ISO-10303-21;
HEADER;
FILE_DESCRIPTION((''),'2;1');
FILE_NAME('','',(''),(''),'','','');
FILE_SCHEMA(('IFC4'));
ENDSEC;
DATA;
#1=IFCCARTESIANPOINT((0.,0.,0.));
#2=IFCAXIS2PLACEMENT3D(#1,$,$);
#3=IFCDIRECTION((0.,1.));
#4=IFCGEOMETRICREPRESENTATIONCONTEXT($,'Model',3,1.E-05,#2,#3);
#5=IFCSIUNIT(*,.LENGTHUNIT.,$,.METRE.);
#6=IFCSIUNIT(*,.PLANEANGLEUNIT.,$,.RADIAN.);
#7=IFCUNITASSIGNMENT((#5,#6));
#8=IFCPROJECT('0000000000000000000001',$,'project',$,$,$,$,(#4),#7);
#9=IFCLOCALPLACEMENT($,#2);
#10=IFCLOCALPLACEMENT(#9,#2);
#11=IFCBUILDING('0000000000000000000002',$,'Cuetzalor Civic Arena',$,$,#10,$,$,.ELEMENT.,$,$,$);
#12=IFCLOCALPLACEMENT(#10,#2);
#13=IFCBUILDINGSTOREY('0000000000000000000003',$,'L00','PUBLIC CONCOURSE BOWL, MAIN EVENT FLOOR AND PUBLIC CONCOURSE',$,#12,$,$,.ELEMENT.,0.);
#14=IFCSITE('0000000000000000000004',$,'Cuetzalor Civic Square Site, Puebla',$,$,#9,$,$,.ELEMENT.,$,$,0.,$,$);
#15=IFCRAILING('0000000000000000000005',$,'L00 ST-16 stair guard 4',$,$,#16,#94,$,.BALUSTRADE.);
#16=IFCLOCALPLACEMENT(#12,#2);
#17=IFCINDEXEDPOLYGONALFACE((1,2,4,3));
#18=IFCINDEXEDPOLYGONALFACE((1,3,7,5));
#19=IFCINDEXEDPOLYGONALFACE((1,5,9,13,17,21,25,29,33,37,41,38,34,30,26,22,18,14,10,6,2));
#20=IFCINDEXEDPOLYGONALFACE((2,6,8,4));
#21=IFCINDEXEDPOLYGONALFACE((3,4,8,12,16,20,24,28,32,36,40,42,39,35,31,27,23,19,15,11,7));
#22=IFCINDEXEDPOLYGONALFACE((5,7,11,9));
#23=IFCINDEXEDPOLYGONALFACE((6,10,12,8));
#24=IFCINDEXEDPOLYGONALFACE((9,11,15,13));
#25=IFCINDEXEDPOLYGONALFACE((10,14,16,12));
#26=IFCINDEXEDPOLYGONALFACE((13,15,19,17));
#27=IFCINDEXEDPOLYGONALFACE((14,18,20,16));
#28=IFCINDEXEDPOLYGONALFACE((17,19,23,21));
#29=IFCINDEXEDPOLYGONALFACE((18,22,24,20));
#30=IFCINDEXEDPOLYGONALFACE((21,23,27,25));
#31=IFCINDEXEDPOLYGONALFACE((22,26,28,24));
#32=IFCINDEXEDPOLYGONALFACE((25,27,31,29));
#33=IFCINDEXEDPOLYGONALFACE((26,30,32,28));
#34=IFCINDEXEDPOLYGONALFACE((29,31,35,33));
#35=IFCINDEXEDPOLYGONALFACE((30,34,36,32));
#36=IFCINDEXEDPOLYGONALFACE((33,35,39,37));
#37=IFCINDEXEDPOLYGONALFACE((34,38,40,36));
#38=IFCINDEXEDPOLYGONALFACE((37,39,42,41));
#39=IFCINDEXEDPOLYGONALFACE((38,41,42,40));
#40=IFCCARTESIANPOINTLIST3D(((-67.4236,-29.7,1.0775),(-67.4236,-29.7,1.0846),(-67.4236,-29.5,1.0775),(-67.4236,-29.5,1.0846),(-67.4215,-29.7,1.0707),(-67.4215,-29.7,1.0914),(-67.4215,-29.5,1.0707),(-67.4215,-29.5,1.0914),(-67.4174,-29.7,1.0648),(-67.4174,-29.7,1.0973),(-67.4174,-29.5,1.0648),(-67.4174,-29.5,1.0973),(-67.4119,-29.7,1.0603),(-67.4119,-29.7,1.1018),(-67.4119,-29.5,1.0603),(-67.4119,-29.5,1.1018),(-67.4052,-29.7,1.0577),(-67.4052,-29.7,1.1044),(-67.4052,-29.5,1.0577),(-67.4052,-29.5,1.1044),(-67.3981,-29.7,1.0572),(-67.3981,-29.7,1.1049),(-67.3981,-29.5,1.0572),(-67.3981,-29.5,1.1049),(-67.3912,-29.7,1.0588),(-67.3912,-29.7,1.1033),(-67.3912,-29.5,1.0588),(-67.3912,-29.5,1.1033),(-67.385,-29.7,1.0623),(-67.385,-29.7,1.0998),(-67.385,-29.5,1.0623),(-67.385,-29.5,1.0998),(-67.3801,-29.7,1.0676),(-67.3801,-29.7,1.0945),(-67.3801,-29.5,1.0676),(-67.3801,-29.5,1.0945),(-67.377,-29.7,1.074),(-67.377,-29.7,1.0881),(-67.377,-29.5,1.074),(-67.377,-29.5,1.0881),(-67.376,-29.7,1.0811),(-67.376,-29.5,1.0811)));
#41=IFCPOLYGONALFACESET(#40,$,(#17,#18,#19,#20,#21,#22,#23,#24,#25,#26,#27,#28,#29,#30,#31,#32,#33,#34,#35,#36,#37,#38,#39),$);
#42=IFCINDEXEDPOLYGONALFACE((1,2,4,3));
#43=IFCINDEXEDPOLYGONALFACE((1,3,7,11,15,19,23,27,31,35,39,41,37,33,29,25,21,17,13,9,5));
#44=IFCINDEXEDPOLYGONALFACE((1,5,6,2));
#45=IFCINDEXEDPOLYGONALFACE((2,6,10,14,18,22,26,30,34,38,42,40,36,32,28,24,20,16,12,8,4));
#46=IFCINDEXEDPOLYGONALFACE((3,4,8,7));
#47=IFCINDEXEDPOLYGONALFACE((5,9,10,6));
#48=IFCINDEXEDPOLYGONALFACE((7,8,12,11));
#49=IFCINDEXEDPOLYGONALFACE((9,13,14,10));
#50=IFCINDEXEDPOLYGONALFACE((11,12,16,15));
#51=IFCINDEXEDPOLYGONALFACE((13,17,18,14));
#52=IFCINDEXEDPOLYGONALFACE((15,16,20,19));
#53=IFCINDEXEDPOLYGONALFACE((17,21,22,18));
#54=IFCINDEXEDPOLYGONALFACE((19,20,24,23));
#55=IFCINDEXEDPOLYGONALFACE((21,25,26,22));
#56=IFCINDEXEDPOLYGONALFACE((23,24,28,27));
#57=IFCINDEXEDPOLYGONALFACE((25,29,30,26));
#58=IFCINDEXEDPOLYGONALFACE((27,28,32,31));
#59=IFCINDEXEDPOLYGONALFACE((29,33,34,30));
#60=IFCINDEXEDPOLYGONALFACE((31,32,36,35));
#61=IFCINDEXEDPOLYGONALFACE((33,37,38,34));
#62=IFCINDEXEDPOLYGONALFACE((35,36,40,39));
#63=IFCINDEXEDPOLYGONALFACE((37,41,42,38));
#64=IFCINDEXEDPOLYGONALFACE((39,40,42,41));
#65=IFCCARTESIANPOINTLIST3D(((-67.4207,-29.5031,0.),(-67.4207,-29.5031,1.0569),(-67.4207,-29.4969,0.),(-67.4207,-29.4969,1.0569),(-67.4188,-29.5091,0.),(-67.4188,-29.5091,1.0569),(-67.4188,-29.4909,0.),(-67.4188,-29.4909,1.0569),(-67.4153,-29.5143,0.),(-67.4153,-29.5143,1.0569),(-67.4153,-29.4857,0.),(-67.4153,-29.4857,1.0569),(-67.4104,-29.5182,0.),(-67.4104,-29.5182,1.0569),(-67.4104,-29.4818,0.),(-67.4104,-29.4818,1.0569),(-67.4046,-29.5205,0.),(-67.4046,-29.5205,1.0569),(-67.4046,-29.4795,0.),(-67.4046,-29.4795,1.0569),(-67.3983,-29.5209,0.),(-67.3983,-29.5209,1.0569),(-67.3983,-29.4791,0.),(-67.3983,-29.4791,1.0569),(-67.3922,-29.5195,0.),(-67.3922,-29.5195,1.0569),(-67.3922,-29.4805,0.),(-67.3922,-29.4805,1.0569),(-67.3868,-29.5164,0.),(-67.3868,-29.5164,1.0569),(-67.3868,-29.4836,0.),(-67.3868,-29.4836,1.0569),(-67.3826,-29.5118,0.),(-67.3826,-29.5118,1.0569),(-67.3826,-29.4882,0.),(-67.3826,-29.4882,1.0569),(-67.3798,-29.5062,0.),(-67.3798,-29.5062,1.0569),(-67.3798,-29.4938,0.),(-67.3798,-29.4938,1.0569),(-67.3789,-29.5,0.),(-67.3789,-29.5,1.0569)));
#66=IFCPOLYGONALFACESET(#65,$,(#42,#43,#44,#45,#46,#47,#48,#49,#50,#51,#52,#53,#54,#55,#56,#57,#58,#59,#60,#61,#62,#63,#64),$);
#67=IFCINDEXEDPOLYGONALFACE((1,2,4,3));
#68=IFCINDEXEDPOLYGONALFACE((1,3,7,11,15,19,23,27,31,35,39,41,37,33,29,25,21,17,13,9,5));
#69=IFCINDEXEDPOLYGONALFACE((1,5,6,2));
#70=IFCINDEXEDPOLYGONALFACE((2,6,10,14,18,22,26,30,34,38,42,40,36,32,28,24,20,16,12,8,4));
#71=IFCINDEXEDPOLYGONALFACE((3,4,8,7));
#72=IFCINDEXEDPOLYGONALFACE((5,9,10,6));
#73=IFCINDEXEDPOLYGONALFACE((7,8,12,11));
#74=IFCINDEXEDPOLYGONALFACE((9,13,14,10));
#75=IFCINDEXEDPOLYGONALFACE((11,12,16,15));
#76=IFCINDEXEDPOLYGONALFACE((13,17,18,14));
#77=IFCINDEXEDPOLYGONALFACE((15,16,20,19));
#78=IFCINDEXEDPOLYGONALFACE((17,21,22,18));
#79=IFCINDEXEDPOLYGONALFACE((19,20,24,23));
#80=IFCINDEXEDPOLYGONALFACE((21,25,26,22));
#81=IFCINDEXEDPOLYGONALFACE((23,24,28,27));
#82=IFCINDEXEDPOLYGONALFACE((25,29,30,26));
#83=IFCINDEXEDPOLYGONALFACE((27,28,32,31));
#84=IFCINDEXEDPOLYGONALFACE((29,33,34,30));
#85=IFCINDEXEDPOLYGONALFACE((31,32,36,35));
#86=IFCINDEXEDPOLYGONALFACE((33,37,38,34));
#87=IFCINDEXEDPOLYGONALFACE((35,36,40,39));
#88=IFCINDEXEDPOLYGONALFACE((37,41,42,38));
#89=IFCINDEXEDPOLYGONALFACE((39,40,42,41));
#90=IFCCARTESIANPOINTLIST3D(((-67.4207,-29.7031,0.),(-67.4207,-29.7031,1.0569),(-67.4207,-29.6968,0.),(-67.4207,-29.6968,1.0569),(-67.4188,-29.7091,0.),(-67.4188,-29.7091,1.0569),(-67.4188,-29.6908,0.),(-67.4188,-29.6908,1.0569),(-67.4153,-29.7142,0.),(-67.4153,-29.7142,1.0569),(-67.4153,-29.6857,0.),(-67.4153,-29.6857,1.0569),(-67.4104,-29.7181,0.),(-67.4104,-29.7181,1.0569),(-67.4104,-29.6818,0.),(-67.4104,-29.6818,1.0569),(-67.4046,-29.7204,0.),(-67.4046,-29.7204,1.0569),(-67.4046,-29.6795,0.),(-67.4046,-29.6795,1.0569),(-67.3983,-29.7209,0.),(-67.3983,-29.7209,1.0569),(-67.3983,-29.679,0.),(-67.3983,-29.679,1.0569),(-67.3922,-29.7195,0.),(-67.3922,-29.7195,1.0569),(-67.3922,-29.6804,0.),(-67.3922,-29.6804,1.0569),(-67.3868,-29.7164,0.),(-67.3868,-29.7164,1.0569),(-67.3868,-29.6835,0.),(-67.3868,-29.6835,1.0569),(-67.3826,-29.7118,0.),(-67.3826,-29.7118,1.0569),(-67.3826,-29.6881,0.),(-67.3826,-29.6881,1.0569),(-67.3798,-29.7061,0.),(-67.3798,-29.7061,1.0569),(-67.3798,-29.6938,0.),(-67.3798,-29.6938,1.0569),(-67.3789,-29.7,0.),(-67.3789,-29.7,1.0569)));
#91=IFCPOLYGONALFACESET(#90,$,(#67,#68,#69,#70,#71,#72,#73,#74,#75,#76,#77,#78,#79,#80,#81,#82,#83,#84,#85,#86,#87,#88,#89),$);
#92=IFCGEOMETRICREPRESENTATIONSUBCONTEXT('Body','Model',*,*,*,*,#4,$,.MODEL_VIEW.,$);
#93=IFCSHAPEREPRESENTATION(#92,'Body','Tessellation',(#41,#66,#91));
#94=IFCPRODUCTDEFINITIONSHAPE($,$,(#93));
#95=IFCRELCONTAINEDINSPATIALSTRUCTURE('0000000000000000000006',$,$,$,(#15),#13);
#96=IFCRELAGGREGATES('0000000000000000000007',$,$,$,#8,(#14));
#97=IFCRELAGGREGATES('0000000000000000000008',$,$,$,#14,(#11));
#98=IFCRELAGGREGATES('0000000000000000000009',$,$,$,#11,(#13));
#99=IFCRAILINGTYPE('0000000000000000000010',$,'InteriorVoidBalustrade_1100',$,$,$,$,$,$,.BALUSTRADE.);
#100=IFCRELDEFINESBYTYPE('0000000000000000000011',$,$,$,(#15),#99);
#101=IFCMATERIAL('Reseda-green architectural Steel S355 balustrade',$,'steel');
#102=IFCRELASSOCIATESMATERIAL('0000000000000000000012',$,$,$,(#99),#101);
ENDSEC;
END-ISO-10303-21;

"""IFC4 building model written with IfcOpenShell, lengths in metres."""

from ifc_helpers import new_model, si_unit, direction, frame, origin, origin_2d, place, context, subcontext, project, spatial, circle, extrude, material, type_object, element, save


model = new_model("IFC4")

# Units and contexts
model_context = context("Model", 3, precision=1e-05, world=origin(), true_north=direction((0.0, 1.0)))
body_context = subcontext(model_context, "Body", "Model", "MODEL_VIEW")
ifc_project = project(units=[si_unit("LENGTHUNIT", "METRE"), si_unit("PLANEANGLEUNIT", "RADIAN")], contexts=[model_context])

# Site, building, storey
site_placement = place(None, origin())
site = spatial("IfcSite", under=ifc_project, at=site_placement, Name="Cuetzalor Civic Square Site, Puebla", CompositionType="ELEMENT", RefElevation=0.0)
building_placement = place(site_placement, origin())
building = spatial("IfcBuilding", under=site, at=building_placement, Name="Cuetzalor Civic Arena", CompositionType="ELEMENT")
storey_placement = place(building_placement, origin())
storey = spatial("IfcBuildingStorey", under=building, at=storey_placement, Name="L00", Description="PUBLIC CONCOURSE BOWL, MAIN EVENT FLOOR AND PUBLIC CONCOURSE", CompositionType="ELEMENT", Elevation=0.0)

# Railing
ifc_material_1 = material(Name="Reseda-green architectural Steel S355 balustrade", Category="steel")
railing_type_1 = type_object("IfcRailingType", Name="InteriorVoidBalustrade_1100", PredefinedType="BALUSTRADE", material=ifc_material_1)
railing_1_placement = place(storey_placement, frame((-67.3999, -29.5, 0.0)))
element("IfcRailing", 1, at=railing_1_placement, inside=storey, type_object=railing_type_1, Name="L00 ST-16 stair guard 4", PredefinedType="BALUSTRADE", context=body_context, shape_type="SweptSolid", body=[
    extrude(circle(Radius=0.0239, at=origin_2d()), frame((0.0, 0.0, 1.0811), z_axis=(0.0, -1.0, 0.0), x_axis=(1.0, 0.0, 0.0)), (0.0, 0.0, 1.0), 0.2),
    extrude(circle(Radius=0.021, at=origin_2d()), origin(), (0.0, 0.0, 1.0), 1.0569),
    extrude(circle(Radius=0.021, at=origin_2d()), frame((0.0, -0.2, 0.0)), (0.0, 0.0, 1.0), 1.0569),
])

save(model, "model.ifc")
